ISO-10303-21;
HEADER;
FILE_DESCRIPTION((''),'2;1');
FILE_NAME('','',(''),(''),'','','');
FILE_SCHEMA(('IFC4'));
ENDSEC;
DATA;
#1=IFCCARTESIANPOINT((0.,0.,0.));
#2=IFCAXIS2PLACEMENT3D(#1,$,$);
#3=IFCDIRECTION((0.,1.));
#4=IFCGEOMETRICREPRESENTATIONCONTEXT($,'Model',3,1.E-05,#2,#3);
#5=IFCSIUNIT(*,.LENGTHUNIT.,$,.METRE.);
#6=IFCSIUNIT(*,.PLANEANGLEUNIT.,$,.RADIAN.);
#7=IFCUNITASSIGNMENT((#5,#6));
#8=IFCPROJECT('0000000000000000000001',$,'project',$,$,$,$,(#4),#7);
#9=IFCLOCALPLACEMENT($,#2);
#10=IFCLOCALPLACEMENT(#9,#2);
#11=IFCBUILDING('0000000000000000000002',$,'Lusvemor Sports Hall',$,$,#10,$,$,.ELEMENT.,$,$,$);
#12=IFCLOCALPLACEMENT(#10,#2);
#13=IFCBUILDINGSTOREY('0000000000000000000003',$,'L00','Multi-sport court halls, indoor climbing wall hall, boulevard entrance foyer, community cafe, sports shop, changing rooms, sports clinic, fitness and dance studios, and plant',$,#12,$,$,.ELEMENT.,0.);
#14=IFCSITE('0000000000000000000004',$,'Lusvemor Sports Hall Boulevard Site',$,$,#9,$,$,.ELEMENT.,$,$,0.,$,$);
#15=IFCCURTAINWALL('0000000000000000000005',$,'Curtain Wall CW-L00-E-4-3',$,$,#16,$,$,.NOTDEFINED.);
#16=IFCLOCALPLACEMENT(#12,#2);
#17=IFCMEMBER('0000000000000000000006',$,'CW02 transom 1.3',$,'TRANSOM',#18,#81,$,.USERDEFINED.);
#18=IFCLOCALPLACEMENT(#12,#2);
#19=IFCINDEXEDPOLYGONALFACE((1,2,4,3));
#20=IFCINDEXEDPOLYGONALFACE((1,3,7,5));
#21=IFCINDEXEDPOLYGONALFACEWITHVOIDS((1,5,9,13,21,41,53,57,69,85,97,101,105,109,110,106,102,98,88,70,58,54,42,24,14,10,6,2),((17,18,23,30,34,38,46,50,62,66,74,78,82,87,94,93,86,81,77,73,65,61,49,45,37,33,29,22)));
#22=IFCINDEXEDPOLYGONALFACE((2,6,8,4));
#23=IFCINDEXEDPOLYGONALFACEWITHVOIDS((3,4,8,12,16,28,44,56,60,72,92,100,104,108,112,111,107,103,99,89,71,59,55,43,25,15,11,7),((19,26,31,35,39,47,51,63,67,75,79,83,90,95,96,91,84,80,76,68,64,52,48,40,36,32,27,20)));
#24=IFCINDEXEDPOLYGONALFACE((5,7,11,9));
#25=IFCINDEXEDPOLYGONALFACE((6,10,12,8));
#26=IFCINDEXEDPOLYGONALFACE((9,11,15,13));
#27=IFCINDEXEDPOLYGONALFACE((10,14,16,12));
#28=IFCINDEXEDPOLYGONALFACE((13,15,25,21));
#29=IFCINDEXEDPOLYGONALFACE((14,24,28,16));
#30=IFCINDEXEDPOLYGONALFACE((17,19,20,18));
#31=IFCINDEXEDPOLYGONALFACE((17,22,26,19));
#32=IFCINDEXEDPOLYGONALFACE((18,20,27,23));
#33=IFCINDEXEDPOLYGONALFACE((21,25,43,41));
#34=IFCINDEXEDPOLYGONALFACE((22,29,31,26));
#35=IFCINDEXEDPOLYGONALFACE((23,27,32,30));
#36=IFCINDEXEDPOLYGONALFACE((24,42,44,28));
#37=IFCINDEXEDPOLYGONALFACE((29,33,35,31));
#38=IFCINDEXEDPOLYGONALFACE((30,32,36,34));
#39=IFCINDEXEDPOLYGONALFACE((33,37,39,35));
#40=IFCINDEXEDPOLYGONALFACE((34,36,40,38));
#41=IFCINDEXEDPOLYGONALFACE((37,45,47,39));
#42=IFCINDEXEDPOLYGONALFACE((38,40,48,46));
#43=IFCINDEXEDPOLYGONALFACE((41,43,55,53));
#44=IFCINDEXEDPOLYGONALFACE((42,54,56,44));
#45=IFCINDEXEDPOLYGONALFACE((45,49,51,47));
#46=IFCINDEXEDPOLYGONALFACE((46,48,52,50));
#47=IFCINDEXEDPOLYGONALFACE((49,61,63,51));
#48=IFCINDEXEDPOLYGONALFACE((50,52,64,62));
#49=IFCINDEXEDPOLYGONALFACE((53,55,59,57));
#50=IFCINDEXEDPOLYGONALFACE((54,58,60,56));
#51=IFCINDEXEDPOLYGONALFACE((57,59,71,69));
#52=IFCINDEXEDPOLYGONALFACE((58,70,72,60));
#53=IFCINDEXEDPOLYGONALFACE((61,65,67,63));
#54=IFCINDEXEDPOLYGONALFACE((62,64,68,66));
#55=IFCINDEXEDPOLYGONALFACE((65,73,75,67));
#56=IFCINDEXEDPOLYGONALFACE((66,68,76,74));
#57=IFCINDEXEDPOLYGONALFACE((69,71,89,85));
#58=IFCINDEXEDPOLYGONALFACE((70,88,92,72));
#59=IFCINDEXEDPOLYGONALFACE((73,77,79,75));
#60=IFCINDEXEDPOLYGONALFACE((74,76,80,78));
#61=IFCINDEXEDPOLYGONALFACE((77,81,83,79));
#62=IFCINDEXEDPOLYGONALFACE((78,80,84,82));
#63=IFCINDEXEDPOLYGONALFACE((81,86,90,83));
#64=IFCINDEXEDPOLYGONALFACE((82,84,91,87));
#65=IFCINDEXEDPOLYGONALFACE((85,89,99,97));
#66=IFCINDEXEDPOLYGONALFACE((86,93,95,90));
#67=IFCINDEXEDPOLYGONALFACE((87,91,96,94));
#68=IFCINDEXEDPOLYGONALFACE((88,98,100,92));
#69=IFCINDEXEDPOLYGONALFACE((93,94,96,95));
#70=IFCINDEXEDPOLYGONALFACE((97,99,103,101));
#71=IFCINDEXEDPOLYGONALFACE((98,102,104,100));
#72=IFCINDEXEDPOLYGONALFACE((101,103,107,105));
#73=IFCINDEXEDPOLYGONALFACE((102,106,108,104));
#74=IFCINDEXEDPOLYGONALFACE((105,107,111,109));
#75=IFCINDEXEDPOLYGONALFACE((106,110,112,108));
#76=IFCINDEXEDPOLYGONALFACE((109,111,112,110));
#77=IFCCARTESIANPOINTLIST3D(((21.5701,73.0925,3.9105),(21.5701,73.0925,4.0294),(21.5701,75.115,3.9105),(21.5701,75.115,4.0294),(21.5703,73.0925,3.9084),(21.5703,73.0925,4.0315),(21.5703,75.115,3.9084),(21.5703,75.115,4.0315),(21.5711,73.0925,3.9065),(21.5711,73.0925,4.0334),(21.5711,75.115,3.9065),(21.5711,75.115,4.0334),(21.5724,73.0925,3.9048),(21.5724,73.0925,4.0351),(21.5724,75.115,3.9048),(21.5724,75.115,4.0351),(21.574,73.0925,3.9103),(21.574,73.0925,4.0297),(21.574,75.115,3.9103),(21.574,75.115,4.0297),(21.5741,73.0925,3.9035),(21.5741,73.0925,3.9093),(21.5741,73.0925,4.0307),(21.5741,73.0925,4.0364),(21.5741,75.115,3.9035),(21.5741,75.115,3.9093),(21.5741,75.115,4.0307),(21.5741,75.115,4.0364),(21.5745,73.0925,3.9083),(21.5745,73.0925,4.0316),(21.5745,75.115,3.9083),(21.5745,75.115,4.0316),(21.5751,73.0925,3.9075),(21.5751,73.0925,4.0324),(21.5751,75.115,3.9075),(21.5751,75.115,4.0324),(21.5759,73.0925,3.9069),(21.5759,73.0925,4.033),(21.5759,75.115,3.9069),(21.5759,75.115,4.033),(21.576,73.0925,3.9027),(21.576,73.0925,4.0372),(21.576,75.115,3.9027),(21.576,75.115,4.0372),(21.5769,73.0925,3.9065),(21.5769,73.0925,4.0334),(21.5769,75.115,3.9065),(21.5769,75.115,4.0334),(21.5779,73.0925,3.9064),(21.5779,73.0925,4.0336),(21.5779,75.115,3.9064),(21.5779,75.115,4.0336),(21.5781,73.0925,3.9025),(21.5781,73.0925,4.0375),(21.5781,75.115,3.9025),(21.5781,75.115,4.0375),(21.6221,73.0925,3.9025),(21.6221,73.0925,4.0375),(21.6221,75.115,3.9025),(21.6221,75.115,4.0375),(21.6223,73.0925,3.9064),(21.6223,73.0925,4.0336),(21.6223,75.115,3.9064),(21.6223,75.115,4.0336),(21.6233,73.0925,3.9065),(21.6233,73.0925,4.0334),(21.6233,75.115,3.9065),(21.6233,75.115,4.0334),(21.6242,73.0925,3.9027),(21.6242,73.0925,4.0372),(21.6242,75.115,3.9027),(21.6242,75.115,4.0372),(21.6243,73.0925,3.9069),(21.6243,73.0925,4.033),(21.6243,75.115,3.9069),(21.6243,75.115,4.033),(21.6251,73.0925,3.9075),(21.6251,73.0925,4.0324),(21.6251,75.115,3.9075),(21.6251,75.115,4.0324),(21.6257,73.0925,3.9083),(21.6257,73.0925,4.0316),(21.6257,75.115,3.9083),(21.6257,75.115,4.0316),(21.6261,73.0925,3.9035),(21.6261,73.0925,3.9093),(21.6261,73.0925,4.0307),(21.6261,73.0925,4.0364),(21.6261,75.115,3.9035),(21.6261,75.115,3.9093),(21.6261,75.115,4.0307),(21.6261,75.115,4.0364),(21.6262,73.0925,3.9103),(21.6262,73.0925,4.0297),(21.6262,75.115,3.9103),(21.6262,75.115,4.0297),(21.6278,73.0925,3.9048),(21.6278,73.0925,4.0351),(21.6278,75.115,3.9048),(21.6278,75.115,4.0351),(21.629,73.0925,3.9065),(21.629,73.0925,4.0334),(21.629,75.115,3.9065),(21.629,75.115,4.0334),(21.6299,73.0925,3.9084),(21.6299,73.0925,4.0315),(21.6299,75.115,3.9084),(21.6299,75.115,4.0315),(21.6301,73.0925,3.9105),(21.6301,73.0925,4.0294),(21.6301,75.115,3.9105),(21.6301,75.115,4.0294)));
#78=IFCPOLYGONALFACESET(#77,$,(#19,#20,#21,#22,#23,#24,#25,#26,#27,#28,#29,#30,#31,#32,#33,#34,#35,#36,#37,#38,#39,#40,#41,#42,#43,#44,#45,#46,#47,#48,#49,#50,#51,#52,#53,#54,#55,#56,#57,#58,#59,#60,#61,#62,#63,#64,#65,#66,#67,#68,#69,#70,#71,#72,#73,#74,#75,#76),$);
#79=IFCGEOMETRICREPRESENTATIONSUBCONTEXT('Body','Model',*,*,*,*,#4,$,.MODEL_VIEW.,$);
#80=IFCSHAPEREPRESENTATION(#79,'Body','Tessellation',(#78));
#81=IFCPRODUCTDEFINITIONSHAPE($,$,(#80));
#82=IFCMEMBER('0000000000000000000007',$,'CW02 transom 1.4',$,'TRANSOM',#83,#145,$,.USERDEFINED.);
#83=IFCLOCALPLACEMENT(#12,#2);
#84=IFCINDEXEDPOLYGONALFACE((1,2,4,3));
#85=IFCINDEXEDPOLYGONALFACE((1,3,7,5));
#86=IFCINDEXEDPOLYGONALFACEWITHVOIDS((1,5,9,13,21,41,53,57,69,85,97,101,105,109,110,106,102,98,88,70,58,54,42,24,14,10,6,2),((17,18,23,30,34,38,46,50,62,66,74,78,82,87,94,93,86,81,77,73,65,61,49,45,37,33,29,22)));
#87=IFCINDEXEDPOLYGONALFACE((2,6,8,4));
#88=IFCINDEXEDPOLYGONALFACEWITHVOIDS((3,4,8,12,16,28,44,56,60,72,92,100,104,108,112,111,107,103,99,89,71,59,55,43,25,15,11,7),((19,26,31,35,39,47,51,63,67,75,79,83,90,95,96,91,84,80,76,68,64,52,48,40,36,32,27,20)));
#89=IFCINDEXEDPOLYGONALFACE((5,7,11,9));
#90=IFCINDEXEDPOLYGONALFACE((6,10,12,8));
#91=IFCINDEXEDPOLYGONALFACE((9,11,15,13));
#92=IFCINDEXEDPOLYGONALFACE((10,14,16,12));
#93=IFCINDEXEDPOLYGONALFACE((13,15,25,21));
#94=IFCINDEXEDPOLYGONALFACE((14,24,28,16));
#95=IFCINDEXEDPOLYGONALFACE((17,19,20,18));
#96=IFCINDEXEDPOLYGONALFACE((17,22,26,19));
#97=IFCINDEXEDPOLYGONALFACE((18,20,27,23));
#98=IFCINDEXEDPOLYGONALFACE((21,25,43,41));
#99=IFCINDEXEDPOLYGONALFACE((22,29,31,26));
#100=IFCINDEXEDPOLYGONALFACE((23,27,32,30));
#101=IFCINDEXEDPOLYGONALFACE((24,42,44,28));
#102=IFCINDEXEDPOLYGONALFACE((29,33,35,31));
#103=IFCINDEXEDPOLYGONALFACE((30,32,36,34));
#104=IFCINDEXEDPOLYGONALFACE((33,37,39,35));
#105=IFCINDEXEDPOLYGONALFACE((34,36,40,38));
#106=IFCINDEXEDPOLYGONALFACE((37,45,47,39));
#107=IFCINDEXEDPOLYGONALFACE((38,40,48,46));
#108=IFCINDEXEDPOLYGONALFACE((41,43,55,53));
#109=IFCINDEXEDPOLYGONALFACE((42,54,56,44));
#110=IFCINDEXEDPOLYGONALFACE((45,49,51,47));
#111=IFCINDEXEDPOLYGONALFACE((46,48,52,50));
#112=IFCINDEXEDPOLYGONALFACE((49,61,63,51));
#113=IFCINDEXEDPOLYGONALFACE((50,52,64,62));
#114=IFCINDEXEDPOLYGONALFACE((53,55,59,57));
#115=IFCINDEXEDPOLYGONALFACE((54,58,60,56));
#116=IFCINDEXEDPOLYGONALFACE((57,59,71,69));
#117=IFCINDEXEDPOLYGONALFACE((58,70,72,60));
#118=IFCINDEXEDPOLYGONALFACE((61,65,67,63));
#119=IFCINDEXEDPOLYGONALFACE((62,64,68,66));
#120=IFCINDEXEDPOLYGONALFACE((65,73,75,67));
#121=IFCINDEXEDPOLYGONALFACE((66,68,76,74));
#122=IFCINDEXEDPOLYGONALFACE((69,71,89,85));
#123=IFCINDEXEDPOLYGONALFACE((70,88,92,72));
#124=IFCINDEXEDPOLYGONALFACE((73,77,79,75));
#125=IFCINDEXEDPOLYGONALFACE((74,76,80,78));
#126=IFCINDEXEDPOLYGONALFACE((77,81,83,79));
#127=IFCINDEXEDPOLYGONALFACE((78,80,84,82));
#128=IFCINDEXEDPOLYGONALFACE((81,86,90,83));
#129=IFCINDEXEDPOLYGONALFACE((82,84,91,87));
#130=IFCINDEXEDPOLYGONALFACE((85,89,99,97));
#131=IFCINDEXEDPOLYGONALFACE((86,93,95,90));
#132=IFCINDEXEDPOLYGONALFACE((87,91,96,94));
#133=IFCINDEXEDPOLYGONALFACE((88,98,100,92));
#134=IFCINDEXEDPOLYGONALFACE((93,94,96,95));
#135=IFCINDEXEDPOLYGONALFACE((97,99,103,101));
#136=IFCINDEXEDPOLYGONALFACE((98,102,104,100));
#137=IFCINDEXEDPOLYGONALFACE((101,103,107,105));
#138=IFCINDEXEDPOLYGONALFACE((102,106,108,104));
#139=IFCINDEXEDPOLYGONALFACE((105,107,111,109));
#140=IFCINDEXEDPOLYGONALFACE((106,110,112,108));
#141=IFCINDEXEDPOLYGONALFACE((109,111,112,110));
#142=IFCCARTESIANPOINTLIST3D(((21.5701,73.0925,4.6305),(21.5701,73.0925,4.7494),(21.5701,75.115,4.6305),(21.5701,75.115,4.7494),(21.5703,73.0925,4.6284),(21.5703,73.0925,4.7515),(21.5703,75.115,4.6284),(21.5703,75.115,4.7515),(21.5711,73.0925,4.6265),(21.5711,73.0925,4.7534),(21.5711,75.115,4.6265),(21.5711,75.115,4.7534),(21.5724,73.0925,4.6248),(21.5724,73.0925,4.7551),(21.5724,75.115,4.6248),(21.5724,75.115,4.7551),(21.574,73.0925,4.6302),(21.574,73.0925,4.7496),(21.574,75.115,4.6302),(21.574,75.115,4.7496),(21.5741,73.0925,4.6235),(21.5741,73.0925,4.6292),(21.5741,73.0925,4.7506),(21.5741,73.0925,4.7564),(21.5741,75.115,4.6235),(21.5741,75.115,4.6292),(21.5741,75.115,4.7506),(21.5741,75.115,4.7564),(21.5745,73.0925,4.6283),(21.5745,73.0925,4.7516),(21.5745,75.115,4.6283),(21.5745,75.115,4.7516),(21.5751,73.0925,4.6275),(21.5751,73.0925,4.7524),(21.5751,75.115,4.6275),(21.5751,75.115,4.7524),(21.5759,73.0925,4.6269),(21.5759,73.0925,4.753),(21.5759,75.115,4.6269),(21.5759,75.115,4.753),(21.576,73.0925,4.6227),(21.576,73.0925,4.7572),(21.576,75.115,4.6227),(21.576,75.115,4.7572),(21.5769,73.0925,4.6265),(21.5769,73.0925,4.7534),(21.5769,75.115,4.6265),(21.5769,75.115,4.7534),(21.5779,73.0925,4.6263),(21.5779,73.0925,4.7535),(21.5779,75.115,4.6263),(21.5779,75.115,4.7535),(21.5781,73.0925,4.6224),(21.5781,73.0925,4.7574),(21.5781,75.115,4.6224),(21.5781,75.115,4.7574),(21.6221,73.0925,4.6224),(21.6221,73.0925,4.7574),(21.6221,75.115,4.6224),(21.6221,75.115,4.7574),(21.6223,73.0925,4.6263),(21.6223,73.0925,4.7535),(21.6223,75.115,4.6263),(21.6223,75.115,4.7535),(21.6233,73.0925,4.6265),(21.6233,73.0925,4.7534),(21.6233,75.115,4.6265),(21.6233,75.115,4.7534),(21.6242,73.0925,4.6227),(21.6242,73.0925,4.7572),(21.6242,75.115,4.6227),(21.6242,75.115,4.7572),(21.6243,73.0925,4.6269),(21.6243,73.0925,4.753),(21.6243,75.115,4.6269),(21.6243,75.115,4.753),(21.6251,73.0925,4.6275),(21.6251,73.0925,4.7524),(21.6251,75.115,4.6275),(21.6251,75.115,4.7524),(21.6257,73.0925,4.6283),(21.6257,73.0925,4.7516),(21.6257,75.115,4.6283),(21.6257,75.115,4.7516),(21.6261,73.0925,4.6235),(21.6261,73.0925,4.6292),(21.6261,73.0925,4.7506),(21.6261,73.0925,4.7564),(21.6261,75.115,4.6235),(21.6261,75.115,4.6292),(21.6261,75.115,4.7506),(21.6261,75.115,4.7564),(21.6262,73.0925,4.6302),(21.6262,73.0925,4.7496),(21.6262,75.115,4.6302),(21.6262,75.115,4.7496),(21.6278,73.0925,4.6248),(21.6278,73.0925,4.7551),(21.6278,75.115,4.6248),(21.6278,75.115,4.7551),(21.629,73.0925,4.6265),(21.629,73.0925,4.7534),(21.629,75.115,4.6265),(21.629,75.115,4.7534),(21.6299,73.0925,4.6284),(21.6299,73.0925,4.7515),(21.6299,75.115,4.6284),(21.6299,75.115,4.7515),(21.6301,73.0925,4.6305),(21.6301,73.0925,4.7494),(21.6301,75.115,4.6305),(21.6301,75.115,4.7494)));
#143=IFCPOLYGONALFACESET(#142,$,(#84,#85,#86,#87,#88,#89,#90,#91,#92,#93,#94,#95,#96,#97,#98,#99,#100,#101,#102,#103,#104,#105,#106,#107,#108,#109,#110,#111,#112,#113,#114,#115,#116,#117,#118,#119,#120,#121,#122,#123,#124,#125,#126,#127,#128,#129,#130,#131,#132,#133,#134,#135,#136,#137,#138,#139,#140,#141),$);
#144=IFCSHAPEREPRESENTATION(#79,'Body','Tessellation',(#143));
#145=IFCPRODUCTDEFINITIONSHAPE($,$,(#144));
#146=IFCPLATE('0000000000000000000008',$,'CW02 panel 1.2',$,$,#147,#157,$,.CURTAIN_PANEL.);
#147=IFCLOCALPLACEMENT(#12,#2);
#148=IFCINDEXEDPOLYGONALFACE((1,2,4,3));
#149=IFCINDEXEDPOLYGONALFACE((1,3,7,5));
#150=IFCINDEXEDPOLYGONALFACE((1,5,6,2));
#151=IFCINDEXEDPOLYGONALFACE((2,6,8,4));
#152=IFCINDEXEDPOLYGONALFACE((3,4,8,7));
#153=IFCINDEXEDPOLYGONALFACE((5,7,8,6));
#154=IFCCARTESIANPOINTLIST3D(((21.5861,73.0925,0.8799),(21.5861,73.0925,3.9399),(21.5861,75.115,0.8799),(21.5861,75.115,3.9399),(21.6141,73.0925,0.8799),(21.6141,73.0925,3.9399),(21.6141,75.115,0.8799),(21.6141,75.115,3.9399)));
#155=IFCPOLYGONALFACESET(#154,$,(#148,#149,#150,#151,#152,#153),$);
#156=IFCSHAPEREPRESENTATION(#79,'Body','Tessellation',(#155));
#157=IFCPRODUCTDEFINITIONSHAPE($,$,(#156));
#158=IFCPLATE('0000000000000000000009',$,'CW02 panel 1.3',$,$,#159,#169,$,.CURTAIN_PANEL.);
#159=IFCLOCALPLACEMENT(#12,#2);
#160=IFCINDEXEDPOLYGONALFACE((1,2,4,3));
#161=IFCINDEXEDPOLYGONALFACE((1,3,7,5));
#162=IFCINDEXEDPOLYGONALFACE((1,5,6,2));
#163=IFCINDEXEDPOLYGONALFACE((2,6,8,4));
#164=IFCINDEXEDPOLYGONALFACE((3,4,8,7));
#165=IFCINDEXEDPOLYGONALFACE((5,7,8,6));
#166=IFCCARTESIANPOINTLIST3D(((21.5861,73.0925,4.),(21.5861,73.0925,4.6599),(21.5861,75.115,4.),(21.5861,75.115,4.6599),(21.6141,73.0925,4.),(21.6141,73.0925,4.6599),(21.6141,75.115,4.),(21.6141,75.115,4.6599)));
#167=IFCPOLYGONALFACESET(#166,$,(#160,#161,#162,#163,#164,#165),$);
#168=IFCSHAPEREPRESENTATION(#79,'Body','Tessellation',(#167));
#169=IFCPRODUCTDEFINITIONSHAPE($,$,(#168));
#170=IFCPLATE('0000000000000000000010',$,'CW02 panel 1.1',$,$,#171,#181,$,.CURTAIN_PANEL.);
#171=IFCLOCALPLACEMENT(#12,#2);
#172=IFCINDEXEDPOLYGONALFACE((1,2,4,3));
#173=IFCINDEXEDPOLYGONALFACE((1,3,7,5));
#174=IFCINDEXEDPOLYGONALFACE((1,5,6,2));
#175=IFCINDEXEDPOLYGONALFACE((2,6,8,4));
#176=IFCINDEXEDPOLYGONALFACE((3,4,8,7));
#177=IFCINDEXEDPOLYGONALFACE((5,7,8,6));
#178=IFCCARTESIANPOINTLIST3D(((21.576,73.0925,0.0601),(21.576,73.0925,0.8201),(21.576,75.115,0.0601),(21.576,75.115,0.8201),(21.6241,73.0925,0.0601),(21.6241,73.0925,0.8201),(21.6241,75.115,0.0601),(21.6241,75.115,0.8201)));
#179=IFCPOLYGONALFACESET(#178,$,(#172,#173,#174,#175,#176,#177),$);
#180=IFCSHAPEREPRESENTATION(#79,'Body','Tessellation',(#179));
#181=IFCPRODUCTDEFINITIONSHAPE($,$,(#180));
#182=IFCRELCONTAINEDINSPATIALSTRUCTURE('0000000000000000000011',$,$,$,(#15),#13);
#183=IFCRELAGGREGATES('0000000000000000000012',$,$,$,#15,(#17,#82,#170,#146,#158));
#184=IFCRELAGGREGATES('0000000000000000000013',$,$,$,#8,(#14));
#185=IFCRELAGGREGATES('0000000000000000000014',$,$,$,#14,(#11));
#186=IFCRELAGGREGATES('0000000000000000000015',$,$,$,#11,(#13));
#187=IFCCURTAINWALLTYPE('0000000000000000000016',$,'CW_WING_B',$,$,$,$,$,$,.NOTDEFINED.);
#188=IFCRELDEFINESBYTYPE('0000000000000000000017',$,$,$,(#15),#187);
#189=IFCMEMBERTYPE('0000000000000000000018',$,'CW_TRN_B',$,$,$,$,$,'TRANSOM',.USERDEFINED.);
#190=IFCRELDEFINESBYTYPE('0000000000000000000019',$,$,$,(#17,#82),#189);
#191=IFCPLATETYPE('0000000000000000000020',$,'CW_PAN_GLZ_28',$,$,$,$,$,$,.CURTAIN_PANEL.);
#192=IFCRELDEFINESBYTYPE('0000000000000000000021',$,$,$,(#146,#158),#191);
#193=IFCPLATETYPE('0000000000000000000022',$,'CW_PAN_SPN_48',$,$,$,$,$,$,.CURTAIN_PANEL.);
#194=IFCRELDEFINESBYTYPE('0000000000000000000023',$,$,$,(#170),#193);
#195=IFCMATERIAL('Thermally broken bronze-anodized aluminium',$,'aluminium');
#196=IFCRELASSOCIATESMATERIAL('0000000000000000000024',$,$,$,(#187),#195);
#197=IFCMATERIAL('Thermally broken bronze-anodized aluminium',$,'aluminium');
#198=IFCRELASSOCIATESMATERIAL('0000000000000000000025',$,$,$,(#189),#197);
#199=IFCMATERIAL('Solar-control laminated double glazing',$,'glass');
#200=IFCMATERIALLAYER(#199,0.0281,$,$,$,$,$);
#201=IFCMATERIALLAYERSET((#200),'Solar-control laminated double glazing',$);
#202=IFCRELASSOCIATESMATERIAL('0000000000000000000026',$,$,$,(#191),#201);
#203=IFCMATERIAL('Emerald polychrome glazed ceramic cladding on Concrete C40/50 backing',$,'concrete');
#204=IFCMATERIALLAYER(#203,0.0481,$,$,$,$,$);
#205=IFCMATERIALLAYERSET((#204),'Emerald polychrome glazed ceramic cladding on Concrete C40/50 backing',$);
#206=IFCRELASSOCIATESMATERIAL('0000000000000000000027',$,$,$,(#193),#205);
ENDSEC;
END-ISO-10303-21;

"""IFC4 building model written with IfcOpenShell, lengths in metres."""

from ifc_helpers import new_model, si_unit, direction, frame, origin, origin_2d, place, context, subcontext, project, spatial, rectangle, hollow_rectangle, extrude, material, layer, layer_set, material_profile, profile_set, type_object, element, aggregate, save


model = new_model("IFC4")

# Units and contexts
model_context = context("Model", 3, precision=1e-05, world=origin(), true_north=direction((0.0, 1.0)))
body_context = subcontext(model_context, "Body", "Model", "MODEL_VIEW")
ifc_project = project(units=[si_unit("LENGTHUNIT", "METRE"), si_unit("PLANEANGLEUNIT", "RADIAN")], contexts=[model_context])

# Site, building, storey
site_placement = place(None, origin())
site = spatial("IfcSite", under=ifc_project, at=site_placement, Name="Lusvemor Sports Hall Boulevard Site", CompositionType="ELEMENT", RefElevation=0.0)
building_placement = place(site_placement, origin())
building = spatial("IfcBuilding", under=site, at=building_placement, Name="Lusvemor Sports Hall", CompositionType="ELEMENT")
storey_placement = place(building_placement, origin())
storey = spatial("IfcBuildingStorey", under=building, at=storey_placement, Name="L00", Description="Multi-sport court halls, indoor climbing wall hall, boulevard entrance foyer, community cafe, sports shop, changing rooms, sports clinic, fitness and dance studios, and plant", CompositionType="ELEMENT", Elevation=0.0)

# Curtain wall, members, plates
ifc_material_1 = material(Name="Thermally broken bronze-anodized aluminium", Category="aluminium")
curtain_wall_type = type_object("IfcCurtainWallType", Name="CW_WING_B", PredefinedType="NOTDEFINED", material=ifc_material_1)
curtain_wall_placement = place(storey_placement, origin())
curtain_wall = element("IfcCurtainWall", 1, at=curtain_wall_placement, inside=storey, type_object=curtain_wall_type, Name="Curtain Wall CW-L00-E-4-3", PredefinedType="NOTDEFINED")
ifc_material_2 = material(Name="Thermally broken bronze-anodized aluminium", Category="aluminium")
ifc_material_profile_1 = material_profile(ifc_material_2, hollow_rectangle(XDim=0.0601, YDim=0.135, WallThickness=0.0039, InnerFilletRadius=0.0039, OuterFilletRadius=0.0081, at=origin_2d()), Name="CWTRN135x60x4")
ifc_profile_set_1 = profile_set([ifc_material_profile_1], Name="Thermally broken bronze-anodized aluminium")
member_type_1 = type_object("IfcMemberType", Name="CW_TRN_B", ElementType="TRANSOM", PredefinedType="USERDEFINED", material=ifc_profile_set_1)
member_1_placement = place(storey_placement, frame((21.6001, 75.115, 3.97), z_axis=(0.0, -1.0, 0.0), x_axis=(1.0, 0.0, 0.0)))
member_1 = element("IfcMember", 2, at=member_1_placement, type_object=member_type_1, Name="CW02 transom 1.3", ObjectType="TRANSOM", PredefinedType="USERDEFINED", context=body_context, shape_type="SweptSolid", body=[
    extrude(hollow_rectangle(XDim=0.0601, YDim=0.135, WallThickness=0.0039, InnerFilletRadius=0.0039, OuterFilletRadius=0.0081, at=origin_2d()), origin(), (0.0, 0.0, 1.0), 2.0225),
])
member_2_placement = place(storey_placement, frame((21.6001, 75.115, 4.6899), z_axis=(0.0, -1.0, 0.0), x_axis=(1.0, 0.0, 0.0)))
member_2 = element("IfcMember", 3, at=member_2_placement, type_object=member_type_1, Name="CW02 transom 1.4", ObjectType="TRANSOM", PredefinedType="USERDEFINED", context=body_context, shape_type="SweptSolid", body=[
    extrude(hollow_rectangle(XDim=0.0601, YDim=0.135, WallThickness=0.0039, InnerFilletRadius=0.0039, OuterFilletRadius=0.0081, at=origin_2d()), origin(), (0.0, 0.0, 1.0), 2.0225),
])
ifc_material_3 = material(Name="Solar-control laminated double glazing", Category="glass")
ifc_layer_1 = layer(ifc_material_3, 0.0281)
ifc_layer_set_1 = layer_set([ifc_layer_1], Name="Solar-control laminated double glazing")
plate_type_1 = type_object("IfcPlateType", Name="CW_PAN_GLZ_28", PredefinedType="CURTAIN_PANEL", material=ifc_layer_set_1)
plate_1_placement = place(storey_placement, frame((21.6001, 74.1038, 0.8799), z_axis=(0.0, 0.0, 1.0), x_axis=(0.0, -1.0, 0.0)))
plate_1 = element("IfcPlate", 4, at=plate_1_placement, type_object=plate_type_1, Name="CW02 panel 1.2", PredefinedType="CURTAIN_PANEL", context=body_context, shape_type="SweptSolid", body=[
    extrude(rectangle(XDim=2.0225, YDim=0.0281, at=origin_2d()), origin(), (0.0, 0.0, 1.0), 3.0601),
])
plate_2_placement = place(storey_placement, frame((21.6001, 74.1038, 4.0), z_axis=(0.0, 0.0, 1.0), x_axis=(0.0, -1.0, 0.0)))
plate_2 = element("IfcPlate", 5, at=plate_2_placement, type_object=plate_type_1, Name="CW02 panel 1.3", PredefinedType="CURTAIN_PANEL", context=body_context, shape_type="SweptSolid", body=[
    extrude(rectangle(XDim=2.0225, YDim=0.0281, at=origin_2d()), origin(), (0.0, 0.0, 1.0), 0.6599),
])
ifc_material_4 = material(Name="Emerald polychrome glazed ceramic cladding on Concrete C40/50 backing", Category="concrete")
ifc_layer_2 = layer(ifc_material_4, 0.0481)
ifc_layer_set_2 = layer_set([ifc_layer_2], Name="Emerald polychrome glazed ceramic cladding on Concrete C40/50 backing")
plate_type_2 = type_object("IfcPlateType", Name="CW_PAN_SPN_48", PredefinedType="CURTAIN_PANEL", material=ifc_layer_set_2)
plate_3_placement = place(storey_placement, frame((21.6001, 74.1038, 0.0601), z_axis=(0.0, 0.0, 1.0), x_axis=(0.0, -1.0, 0.0)))
plate_3 = element("IfcPlate", 6, at=plate_3_placement, type_object=plate_type_2, Name="CW02 panel 1.1", PredefinedType="CURTAIN_PANEL", context=body_context, shape_type="SweptSolid", body=[
    extrude(rectangle(XDim=2.0225, YDim=0.0481, at=origin_2d()), origin(), (0.0, 0.0, 1.0), 0.76),
])
aggregate(curtain_wall, [member_1, member_2, plate_3, plate_1, plate_2])

save(model, "model.ifc")
